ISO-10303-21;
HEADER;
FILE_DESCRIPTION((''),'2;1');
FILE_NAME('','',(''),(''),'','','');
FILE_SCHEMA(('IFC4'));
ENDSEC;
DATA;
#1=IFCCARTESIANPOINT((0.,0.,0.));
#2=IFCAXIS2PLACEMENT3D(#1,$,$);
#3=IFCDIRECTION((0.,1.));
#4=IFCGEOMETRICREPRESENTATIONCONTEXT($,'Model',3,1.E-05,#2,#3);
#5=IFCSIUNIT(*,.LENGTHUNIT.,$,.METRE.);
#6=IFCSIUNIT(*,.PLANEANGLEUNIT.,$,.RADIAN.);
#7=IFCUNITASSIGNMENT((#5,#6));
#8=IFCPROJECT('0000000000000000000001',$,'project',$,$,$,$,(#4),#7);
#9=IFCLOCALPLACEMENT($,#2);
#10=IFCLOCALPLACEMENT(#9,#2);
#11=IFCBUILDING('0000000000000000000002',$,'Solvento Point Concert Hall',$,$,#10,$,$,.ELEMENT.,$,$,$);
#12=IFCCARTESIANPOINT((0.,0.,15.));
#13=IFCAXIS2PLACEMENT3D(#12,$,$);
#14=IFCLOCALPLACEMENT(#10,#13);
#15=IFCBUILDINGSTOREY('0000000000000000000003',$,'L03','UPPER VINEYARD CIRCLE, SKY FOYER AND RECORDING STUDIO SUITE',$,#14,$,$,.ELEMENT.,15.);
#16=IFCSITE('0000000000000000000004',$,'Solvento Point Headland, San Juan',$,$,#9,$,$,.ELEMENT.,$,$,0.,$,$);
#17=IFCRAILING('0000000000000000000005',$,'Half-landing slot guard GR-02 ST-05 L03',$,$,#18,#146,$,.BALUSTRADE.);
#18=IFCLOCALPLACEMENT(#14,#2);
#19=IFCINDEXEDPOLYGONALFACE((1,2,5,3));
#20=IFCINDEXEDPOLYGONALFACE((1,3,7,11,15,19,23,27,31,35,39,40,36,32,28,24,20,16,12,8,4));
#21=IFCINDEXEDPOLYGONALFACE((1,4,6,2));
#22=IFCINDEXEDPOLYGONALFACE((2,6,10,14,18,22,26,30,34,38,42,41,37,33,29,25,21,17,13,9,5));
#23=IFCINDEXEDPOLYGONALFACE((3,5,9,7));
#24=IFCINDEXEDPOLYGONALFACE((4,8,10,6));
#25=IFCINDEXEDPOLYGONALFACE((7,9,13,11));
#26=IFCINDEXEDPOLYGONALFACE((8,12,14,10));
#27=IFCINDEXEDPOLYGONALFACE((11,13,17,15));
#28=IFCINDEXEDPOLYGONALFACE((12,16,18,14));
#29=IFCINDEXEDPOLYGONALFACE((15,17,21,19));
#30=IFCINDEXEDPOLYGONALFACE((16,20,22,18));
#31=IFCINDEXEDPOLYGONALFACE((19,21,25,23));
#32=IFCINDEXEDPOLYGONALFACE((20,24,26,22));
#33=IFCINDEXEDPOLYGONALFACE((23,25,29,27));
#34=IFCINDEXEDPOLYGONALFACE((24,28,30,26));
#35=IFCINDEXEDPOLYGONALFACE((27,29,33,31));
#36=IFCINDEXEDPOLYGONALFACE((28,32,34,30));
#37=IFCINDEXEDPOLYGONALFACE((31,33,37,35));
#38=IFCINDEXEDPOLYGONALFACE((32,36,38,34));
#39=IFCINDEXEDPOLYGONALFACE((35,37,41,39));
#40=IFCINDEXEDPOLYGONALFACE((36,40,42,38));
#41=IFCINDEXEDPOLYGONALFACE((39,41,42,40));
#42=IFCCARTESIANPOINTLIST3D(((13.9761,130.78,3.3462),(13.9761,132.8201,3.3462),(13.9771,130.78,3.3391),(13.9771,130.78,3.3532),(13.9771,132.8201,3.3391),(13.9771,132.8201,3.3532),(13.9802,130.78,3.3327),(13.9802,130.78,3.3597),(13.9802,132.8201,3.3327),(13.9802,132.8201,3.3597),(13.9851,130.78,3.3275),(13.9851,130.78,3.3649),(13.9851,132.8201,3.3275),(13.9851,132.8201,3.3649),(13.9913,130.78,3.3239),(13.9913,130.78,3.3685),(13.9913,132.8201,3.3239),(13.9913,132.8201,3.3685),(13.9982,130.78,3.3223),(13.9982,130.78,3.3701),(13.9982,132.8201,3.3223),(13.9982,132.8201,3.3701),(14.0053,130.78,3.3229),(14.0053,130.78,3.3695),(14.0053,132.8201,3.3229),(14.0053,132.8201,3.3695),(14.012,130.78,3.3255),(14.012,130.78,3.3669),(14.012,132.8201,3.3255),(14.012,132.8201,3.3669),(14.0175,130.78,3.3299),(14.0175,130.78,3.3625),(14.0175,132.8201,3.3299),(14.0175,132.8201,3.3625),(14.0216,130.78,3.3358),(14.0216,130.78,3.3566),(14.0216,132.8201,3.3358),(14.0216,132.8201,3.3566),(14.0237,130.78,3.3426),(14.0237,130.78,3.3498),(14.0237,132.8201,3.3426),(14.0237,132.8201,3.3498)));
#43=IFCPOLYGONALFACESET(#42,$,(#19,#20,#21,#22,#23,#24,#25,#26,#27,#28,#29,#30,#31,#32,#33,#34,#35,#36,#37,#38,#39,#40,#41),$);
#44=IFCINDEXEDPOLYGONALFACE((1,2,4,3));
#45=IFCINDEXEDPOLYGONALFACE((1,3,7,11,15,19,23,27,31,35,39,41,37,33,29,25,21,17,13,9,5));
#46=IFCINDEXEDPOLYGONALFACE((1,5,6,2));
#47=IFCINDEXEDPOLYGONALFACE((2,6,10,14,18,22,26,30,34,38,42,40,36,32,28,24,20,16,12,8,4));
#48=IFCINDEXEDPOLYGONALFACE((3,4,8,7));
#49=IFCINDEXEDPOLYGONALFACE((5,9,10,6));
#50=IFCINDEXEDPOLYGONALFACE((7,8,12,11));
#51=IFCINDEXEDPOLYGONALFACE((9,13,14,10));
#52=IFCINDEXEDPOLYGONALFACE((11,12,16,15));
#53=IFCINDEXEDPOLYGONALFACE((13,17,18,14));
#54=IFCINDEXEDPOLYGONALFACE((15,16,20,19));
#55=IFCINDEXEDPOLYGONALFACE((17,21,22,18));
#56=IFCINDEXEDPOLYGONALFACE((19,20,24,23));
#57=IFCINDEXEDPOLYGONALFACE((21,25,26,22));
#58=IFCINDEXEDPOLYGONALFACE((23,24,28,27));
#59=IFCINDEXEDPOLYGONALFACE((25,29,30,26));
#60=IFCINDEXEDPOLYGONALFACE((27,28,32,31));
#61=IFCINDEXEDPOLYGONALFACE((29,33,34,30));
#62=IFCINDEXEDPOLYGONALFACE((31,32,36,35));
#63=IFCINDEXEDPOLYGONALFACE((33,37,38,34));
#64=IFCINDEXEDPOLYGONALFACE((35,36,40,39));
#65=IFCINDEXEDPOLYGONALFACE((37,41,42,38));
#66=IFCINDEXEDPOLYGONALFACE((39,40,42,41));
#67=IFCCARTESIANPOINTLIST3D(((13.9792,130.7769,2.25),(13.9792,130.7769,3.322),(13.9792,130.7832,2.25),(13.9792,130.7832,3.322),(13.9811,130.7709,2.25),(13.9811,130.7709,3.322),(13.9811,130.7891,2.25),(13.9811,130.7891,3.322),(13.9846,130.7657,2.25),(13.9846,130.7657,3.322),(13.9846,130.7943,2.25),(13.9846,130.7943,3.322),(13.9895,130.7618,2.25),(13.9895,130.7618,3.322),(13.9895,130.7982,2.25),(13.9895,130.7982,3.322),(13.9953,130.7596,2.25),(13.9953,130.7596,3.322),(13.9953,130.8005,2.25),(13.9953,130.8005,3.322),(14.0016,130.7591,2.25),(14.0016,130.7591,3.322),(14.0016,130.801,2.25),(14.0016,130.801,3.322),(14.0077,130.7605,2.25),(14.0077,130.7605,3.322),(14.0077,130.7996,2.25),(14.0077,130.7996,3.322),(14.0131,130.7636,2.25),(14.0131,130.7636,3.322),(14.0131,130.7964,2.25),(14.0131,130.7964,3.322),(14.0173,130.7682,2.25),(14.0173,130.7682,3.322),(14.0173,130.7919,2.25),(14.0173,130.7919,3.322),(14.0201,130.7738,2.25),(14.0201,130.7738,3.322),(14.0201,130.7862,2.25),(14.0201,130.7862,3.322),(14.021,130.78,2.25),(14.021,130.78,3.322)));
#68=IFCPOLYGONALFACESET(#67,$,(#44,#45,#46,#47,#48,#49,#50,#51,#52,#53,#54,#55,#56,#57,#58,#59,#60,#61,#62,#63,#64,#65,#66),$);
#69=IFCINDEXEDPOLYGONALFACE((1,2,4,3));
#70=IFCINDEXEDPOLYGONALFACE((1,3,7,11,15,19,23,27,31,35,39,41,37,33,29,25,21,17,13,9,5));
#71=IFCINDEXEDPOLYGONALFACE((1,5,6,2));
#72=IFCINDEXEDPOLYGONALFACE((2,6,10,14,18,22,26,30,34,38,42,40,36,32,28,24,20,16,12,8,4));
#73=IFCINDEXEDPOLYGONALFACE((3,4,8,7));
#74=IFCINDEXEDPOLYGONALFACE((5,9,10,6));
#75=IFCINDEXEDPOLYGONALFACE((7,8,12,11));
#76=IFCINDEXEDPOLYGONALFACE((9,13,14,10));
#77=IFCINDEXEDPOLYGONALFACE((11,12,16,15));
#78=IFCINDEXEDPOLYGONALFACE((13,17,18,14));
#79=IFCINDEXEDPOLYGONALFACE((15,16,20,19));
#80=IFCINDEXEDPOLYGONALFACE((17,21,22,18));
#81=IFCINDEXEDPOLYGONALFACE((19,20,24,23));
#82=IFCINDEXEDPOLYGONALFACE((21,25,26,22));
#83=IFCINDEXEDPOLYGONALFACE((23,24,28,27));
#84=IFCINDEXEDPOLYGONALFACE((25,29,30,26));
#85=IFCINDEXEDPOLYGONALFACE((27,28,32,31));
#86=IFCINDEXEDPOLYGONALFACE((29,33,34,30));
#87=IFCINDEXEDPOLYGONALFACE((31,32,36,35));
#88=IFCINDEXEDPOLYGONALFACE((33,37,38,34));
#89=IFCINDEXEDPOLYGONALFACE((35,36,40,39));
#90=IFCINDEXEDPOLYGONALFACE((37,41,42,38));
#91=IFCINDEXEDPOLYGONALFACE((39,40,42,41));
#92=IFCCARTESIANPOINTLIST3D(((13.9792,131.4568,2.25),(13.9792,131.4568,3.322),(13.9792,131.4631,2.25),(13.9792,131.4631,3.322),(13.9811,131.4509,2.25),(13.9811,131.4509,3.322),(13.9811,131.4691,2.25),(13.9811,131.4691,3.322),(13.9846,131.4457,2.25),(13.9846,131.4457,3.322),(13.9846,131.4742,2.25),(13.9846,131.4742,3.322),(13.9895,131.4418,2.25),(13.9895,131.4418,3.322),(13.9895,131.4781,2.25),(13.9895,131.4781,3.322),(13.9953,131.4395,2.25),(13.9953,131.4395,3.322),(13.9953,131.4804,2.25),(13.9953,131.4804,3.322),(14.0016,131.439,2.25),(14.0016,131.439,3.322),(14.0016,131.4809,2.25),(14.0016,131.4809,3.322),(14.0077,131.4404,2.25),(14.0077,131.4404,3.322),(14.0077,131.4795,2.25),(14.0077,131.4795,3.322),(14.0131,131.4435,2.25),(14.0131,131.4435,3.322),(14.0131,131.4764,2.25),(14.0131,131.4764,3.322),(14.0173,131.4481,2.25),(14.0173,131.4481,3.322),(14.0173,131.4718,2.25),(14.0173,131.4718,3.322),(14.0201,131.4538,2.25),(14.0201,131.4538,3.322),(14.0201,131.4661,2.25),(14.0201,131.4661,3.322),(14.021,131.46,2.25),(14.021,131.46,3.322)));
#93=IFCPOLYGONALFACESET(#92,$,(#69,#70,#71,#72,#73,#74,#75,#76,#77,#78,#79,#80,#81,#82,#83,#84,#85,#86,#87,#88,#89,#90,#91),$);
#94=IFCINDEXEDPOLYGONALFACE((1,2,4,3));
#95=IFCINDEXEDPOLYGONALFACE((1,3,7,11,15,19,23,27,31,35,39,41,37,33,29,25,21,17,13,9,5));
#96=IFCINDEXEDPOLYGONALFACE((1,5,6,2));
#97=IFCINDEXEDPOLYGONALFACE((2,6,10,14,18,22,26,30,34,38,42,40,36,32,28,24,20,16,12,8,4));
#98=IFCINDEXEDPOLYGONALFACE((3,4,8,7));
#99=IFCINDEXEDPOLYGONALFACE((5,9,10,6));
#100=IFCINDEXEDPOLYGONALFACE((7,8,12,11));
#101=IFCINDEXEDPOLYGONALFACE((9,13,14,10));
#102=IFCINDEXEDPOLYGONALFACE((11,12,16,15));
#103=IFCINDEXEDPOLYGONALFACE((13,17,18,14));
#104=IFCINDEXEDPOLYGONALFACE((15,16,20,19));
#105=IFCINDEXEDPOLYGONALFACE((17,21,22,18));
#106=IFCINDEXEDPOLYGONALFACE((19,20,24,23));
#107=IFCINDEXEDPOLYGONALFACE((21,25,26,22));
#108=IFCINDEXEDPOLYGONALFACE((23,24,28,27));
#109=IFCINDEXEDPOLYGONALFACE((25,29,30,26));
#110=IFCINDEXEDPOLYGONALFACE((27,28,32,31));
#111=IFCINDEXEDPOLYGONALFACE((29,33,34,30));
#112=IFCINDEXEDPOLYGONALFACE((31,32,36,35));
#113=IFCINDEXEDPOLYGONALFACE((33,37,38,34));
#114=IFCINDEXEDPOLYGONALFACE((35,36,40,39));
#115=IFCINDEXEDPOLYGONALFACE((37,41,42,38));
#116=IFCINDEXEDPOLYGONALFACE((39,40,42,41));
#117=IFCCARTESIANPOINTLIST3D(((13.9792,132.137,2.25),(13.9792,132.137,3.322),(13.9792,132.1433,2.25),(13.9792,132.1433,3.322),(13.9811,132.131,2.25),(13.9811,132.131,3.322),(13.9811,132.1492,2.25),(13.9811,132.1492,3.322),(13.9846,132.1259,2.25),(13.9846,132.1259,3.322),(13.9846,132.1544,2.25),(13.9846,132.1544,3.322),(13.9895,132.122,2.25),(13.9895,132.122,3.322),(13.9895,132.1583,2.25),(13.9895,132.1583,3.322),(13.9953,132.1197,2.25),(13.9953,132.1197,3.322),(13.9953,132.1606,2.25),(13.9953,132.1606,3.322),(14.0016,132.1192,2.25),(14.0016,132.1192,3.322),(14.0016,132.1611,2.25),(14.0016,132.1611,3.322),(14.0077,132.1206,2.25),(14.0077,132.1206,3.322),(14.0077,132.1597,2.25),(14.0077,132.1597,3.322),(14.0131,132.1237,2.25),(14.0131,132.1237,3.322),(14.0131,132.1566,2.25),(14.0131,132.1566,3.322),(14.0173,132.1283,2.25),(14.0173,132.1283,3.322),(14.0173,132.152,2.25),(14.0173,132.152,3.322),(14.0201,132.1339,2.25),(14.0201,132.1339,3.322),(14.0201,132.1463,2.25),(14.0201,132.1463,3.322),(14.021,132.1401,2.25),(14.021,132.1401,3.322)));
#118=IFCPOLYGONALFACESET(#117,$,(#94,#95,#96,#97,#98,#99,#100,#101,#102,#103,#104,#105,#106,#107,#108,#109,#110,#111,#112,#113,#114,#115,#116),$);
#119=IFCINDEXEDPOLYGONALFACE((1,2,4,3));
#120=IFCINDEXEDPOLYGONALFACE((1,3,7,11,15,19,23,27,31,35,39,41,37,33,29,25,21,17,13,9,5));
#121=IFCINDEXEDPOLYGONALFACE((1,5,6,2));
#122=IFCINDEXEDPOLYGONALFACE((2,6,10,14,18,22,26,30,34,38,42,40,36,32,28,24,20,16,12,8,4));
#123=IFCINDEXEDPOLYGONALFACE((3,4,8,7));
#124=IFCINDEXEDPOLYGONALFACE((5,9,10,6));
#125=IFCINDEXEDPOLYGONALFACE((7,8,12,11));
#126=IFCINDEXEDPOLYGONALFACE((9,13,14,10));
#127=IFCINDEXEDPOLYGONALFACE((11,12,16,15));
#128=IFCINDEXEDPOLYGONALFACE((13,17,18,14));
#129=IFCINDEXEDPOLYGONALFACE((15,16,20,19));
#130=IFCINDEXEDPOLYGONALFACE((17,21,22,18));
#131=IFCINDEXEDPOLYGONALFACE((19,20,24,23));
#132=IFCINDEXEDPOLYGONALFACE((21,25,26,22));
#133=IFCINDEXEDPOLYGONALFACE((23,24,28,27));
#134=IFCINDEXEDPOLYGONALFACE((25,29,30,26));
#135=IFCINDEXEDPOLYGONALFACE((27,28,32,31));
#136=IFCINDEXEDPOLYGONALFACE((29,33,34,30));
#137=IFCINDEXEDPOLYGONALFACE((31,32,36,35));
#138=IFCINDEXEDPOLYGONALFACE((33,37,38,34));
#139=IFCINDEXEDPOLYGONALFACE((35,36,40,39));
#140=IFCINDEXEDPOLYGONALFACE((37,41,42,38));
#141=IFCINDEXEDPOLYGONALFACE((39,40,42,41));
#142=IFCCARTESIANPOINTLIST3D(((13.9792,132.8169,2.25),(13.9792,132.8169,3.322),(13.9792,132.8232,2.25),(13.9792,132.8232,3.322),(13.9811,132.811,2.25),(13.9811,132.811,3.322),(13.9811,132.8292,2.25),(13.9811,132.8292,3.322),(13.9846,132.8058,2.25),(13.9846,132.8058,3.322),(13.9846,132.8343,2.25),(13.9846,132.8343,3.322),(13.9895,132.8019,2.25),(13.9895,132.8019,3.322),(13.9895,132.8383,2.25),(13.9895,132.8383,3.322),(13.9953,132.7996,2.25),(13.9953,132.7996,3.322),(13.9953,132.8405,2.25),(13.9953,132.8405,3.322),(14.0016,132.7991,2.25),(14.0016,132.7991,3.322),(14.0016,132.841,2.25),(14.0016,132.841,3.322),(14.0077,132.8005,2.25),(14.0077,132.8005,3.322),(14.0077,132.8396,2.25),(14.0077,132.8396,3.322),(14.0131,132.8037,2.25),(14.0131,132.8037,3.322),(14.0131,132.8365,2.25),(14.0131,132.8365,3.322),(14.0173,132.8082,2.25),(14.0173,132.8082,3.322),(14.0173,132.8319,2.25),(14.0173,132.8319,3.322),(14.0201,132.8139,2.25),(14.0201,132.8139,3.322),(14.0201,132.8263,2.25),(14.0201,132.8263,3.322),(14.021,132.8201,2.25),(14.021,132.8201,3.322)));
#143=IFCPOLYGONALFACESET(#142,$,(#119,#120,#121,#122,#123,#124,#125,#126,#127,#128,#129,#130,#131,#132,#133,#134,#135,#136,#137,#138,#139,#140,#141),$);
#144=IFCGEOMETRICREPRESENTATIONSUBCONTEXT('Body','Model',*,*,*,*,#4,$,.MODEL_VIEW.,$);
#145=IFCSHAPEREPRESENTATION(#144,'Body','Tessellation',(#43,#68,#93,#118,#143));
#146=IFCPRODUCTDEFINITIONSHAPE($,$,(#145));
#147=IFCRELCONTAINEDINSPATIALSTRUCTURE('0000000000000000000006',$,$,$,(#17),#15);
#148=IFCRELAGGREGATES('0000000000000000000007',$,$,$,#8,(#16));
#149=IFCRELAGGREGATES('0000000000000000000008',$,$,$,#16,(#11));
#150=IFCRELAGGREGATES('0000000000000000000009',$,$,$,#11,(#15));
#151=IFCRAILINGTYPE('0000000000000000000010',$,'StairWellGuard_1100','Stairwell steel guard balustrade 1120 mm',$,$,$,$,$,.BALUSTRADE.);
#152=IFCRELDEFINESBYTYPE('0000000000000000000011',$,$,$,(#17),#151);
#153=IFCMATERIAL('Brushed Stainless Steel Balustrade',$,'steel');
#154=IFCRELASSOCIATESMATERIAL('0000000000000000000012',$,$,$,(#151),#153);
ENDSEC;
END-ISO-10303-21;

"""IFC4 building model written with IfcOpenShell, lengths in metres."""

from ifc_helpers import new_model, si_unit, direction, frame, origin, origin_2d, place, context, subcontext, project, spatial, circle, extrude, material, type_object, element, save


model = new_model("IFC4")

# Units and contexts
model_context = context("Model", 3, precision=1e-05, world=origin(), true_north=direction((0.0, 1.0)))
body_context = subcontext(model_context, "Body", "Model", "MODEL_VIEW")
ifc_project = project(units=[si_unit("LENGTHUNIT", "METRE"), si_unit("PLANEANGLEUNIT", "RADIAN")], contexts=[model_context])

# Site, building, storey
site_placement = place(None, origin())
site = spatial("IfcSite", under=ifc_project, at=site_placement, Name="Solvento Point Headland, San Juan", CompositionType="ELEMENT", RefElevation=0.0)
building_placement = place(site_placement, origin())
building = spatial("IfcBuilding", under=site, at=building_placement, Name="Solvento Point Concert Hall", CompositionType="ELEMENT")
storey_placement = place(building_placement, frame((0.0, 0.0, 15.0)))
storey = spatial("IfcBuildingStorey", under=building, at=storey_placement, Name="L03", Description="UPPER VINEYARD CIRCLE, SKY FOYER AND RECORDING STUDIO SUITE", CompositionType="ELEMENT", Elevation=15.0)

# Railing
ifc_material_1 = material(Name="Brushed Stainless Steel Balustrade", Category="steel")
railing_type_1 = type_object("IfcRailingType", Name="StairWellGuard_1100", Description="Stairwell steel guard balustrade 1120 mm", PredefinedType="BALUSTRADE", material=ifc_material_1)
railing_1_placement = place(storey_placement, frame((14.0, 130.78, 2.25)))
element("IfcRailing", 1, at=railing_1_placement, inside=storey, type_object=railing_type_1, Name="Half-landing slot guard GR-02 ST-05 L03", PredefinedType="BALUSTRADE", context=body_context, shape_type="SweptSolid", body=[
    extrude(circle(Radius=0.0239, at=origin_2d()), frame((0.0, 0.0, 1.0962), z_axis=(0.0, 1.0, 0.0), x_axis=(-1.0, 0.0, 0.0)), (0.0, 0.0, 1.0), 2.04),
    extrude(circle(Radius=0.021, at=origin_2d()), origin(), (0.0, 0.0, 1.0), 1.072),
    extrude(circle(Radius=0.021, at=origin_2d()), frame((0.0, 0.6799, 0.0)), (0.0, 0.0, 1.0), 1.072),
    extrude(circle(Radius=0.021, at=origin_2d()), frame((0.0, 1.3601, 0.0)), (0.0, 0.0, 1.0), 1.072),
    extrude(circle(Radius=0.021, at=origin_2d()), frame((0.0, 2.04, 0.0)), (0.0, 0.0, 1.0), 1.072),
])

save(model, "model.ifc")
